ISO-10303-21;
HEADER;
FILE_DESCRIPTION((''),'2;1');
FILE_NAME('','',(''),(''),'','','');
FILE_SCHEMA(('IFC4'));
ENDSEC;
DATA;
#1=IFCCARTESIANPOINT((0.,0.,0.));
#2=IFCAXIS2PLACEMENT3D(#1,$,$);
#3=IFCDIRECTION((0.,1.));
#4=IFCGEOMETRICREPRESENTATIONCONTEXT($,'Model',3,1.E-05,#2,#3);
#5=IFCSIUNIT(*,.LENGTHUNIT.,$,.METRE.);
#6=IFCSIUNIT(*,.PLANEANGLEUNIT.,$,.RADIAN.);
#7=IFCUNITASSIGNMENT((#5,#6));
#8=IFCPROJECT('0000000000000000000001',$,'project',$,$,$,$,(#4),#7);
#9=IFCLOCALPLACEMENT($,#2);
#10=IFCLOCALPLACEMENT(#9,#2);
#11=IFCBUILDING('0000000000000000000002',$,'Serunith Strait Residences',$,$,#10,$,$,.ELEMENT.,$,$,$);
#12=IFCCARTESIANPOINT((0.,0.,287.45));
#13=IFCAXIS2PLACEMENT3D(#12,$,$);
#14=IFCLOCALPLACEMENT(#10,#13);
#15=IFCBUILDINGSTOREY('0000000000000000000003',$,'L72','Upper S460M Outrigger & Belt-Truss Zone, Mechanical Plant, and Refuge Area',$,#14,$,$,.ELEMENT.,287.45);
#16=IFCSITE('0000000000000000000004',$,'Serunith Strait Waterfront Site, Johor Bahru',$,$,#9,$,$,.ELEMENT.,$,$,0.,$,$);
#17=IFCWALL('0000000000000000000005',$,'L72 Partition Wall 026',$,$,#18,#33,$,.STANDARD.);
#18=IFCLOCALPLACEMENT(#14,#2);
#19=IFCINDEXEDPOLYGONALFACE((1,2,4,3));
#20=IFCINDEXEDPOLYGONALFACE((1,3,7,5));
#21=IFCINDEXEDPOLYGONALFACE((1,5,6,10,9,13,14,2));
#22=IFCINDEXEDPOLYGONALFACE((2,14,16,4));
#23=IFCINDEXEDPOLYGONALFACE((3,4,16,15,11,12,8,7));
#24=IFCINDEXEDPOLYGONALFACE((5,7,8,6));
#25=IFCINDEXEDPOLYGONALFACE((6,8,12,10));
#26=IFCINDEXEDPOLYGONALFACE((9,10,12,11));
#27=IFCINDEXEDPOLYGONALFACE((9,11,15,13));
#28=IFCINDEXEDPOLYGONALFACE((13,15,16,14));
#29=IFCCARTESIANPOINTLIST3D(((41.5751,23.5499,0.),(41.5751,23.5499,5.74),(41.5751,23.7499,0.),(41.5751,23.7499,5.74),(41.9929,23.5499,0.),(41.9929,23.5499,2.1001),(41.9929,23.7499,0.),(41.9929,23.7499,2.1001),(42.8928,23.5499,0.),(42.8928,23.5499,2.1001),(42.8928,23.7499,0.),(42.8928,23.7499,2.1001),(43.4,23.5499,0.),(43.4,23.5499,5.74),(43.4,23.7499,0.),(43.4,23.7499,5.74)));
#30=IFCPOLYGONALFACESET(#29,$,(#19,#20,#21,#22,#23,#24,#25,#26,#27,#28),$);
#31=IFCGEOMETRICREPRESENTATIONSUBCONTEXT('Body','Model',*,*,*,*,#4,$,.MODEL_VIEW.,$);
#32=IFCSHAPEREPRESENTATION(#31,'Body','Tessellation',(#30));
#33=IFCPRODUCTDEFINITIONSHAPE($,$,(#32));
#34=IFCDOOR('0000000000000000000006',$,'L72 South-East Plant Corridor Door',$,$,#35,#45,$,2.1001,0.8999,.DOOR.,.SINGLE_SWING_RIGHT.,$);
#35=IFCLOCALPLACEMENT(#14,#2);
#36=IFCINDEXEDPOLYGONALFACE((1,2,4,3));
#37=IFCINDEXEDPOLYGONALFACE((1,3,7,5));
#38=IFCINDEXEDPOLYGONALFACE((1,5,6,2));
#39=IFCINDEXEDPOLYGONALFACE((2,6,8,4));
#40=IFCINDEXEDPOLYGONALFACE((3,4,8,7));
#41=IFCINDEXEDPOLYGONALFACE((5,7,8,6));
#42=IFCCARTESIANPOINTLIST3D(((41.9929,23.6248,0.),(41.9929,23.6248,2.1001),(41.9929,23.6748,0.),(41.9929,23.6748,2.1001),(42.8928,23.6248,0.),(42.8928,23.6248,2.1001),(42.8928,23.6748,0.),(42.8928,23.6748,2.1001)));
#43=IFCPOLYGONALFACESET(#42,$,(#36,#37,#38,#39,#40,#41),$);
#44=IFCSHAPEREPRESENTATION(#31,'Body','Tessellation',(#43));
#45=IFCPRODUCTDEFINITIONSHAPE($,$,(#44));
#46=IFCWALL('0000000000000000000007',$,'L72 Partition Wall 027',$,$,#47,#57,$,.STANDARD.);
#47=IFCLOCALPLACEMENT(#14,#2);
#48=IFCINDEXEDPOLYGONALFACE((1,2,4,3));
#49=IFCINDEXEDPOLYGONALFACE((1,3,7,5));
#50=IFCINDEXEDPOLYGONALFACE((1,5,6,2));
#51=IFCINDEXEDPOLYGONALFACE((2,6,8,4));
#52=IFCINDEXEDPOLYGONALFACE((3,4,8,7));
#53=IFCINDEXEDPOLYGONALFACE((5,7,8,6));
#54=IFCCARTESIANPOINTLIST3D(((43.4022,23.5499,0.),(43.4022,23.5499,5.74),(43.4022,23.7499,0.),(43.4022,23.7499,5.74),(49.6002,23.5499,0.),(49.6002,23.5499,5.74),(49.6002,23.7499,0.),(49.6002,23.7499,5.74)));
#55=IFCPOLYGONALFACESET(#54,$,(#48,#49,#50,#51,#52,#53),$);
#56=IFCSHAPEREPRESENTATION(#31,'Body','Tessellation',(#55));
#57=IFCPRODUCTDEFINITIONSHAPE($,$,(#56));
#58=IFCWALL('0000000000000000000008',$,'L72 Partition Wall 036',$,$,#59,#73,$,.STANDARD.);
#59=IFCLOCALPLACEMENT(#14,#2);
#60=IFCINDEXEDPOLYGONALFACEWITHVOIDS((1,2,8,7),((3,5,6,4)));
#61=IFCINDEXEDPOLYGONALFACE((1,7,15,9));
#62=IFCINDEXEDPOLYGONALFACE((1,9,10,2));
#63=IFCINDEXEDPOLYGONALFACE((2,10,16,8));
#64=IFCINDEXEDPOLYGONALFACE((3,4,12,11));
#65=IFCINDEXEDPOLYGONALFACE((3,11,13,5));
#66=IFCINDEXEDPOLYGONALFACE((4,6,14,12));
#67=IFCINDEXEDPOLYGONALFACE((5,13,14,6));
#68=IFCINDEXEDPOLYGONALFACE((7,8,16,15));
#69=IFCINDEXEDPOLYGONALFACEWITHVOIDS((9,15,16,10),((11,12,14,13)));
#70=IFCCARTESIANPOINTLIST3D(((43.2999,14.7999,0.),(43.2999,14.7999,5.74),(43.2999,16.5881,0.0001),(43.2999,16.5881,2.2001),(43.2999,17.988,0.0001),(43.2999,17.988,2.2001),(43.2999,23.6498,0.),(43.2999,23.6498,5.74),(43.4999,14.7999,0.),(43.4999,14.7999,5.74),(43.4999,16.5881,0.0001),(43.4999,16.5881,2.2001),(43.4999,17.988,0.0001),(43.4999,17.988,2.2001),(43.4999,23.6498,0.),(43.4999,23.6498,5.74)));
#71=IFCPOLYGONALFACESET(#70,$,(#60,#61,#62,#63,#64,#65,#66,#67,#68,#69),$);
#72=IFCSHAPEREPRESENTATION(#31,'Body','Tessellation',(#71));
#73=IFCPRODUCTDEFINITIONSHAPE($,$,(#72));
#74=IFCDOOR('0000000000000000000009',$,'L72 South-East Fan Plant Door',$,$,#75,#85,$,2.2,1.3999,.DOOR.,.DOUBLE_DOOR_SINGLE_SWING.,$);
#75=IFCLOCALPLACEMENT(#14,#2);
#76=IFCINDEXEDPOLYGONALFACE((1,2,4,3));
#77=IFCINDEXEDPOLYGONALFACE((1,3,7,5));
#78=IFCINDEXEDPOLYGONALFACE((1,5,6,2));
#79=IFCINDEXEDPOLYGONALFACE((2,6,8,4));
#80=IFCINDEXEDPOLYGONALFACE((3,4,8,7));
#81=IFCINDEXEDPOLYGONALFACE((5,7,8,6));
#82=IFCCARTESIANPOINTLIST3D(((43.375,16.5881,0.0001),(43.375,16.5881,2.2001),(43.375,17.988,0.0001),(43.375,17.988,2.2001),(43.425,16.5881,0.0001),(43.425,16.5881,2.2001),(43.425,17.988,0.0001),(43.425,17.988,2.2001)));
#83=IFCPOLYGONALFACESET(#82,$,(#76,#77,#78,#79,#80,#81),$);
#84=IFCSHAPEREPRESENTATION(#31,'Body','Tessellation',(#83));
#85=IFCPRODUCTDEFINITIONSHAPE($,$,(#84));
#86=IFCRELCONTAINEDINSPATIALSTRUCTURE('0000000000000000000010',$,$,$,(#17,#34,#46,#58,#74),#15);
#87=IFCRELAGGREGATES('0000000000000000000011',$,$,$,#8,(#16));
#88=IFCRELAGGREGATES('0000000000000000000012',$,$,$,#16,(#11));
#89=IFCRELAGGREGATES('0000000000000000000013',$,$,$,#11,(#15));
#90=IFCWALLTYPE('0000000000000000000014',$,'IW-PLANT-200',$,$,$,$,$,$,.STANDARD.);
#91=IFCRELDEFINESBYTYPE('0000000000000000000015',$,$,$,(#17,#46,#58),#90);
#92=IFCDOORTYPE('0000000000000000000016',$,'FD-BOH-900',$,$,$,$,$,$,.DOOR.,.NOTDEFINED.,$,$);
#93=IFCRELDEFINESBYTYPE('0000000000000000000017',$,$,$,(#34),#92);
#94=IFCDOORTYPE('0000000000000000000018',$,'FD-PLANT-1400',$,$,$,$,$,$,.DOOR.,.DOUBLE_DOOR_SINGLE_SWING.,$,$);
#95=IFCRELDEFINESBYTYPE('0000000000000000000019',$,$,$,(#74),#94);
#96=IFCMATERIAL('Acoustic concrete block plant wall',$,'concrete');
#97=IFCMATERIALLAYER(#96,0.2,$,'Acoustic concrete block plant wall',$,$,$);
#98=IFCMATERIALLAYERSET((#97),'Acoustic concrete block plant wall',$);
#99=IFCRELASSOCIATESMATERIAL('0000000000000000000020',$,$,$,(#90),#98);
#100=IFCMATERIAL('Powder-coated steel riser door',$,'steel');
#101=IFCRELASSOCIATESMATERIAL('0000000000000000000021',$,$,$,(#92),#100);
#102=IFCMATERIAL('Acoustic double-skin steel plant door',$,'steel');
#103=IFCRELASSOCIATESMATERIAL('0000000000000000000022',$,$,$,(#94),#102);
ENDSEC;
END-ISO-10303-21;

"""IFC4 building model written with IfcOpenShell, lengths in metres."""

from ifc_helpers import new_model, si_unit, direction, frame, frame_2d, origin, place, context, subcontext, project, spatial, rectangle, extrude, source, transform, mapped, material, layer, layer_set, type_object, element, fill, save


model = new_model("IFC4")

# Units and contexts
model_context = context("Model", 3, precision=1e-05, world=origin(), true_north=direction((0.0, 1.0)))
body_context = subcontext(model_context, "Body", "Model", "MODEL_VIEW")
ifc_project = project(units=[si_unit("LENGTHUNIT", "METRE"), si_unit("PLANEANGLEUNIT", "RADIAN")], contexts=[model_context])

# Site, building, storey
site_placement = place(None, origin())
site = spatial("IfcSite", under=ifc_project, at=site_placement, Name="Serunith Strait Waterfront Site, Johor Bahru", CompositionType="ELEMENT", RefElevation=0.0)
building_placement = place(site_placement, origin())
building = spatial("IfcBuilding", under=site, at=building_placement, Name="Serunith Strait Residences", CompositionType="ELEMENT")
storey_placement = place(building_placement, frame((0.0, 0.0, 287.45)))
storey = spatial("IfcBuildingStorey", under=building, at=storey_placement, Name="L72", Description="Upper S460M Outrigger & Belt-Truss Zone, Mechanical Plant, and Refuge Area", CompositionType="ELEMENT", Elevation=287.45)

# Wall, opening, door
ifc_material_1 = material(Name="Acoustic concrete block plant wall", Category="concrete")
ifc_layer_1 = layer(ifc_material_1, 0.2, Name="Acoustic concrete block plant wall")
ifc_layer_set_1 = layer_set([ifc_layer_1], Name="Acoustic concrete block plant wall")
wall_type = type_object("IfcWallType", Name="IW-PLANT-200", PredefinedType="STANDARD", material=ifc_layer_set_1)
wall_1_placement = place(storey_placement, frame((41.575, 23.6499, 0.0), z_axis=(0.0, 0.0, 1.0), x_axis=(1.0, 0.0, 0.0)))
wall_1 = element("IfcWall", 1, at=wall_1_placement, inside=storey, type_object=wall_type, Name="L72 Partition Wall 026", PredefinedType="STANDARD", context=body_context, shape_type="SweptSolid", body=[
    extrude(rectangle(XDim=1.825, YDim=0.2, at=frame_2d((0.9126, 0.0))), origin(), (0.0, 0.0, 1.0), 5.74),
])
opening_1_placement = place(wall_1_placement, frame((0.418, 0.0, 0.0)))
opening_1 = element("IfcOpeningElement", 2, at=opening_1_placement, cuts=wall_1, PredefinedType="OPENING", context=body_context, shape_type="SweptSolid", body=[
    extrude(rectangle(XDim=0.8999, YDim=2.1001, at=frame_2d((0.45, 1.05))), frame((0.0, 0.1099, 0.0), z_axis=(0.0, -1.0, 0.0), x_axis=(1.0, 0.0, 0.0)), (0.0, 0.0, 1.0), 0.22),
])
ifc_material_2 = material(Name="Powder-coated steel riser door", Category="steel")
door_type_1 = type_object("IfcDoorType", Name="FD-BOH-900", OperationType="NOTDEFINED", PredefinedType="DOOR", material=ifc_material_2)
shared_shape_1 = source(origin(), body_context, "Body", "SweptSolid", [
    extrude(rectangle(XDim=0.8999, YDim=2.1001, at=frame_2d((0.45, 1.05))), frame((0.0, 0.0249, 0.0), z_axis=(0.0, -1.0, 0.0), x_axis=(1.0, 0.0, 0.0)), (0.0, 0.0, 1.0), 0.05),
])
door_1_placement = place(opening_1_placement, origin())
door_1 = element("IfcDoor", 3, at=door_1_placement, inside=storey, type_object=door_type_1, Name="L72 South-East Plant Corridor Door", OperationType="SINGLE_SWING_RIGHT", OverallHeight=2.1001, OverallWidth=0.8999, PredefinedType="DOOR", context=body_context, shape_type="MappedRepresentation", body=[
    mapped(shared_shape_1, transform((0.0, 0.0, 0.0), scale=1.0)),
])
fill(opening_1, door_1)

# Wall
wall_2_placement = place(storey_placement, frame((43.4021, 23.6499, 0.0), z_axis=(0.0, 0.0, 1.0), x_axis=(1.0, 0.0, 0.0)))
element("IfcWall", 4, at=wall_2_placement, inside=storey, type_object=wall_type, Name="L72 Partition Wall 027", PredefinedType="STANDARD", context=body_context, shape_type="SweptSolid", body=[
    extrude(rectangle(XDim=6.198, YDim=0.2, at=frame_2d((3.0991, 0.0))), origin(), (0.0, 0.0, 1.0), 5.74),
])

# Wall, opening, door
wall_3_placement = place(storey_placement, frame((43.3999, 14.8, 0.0), z_axis=(0.0, 0.0, 1.0), x_axis=(0.0, 1.0, 0.0)))
wall_3 = element("IfcWall", 5, at=wall_3_placement, inside=storey, type_object=wall_type, Name="L72 Partition Wall 036", PredefinedType="STANDARD", context=body_context, shape_type="SweptSolid", body=[
    extrude(rectangle(XDim=8.8499, YDim=0.2, at=frame_2d((4.4248, 0.0))), origin(), (0.0, 0.0, 1.0), 5.74),
])
opening_2_placement = place(wall_3_placement, frame((1.7881, 0.0, 0.0)))
opening_2 = element("IfcOpeningElement", 6, at=opening_2_placement, cuts=wall_3, PredefinedType="OPENING", context=body_context, shape_type="SweptSolid", body=[
    extrude(rectangle(XDim=1.3999, YDim=2.2, at=frame_2d((0.7, 1.1001))), frame((0.0, 0.1099, 0.0), z_axis=(0.0, -1.0, 0.0), x_axis=(1.0, 0.0, 0.0)), (0.0, 0.0, 1.0), 0.22),
])
ifc_material_3 = material(Name="Acoustic double-skin steel plant door", Category="steel")
door_type_2 = type_object("IfcDoorType", Name="FD-PLANT-1400", OperationType="DOUBLE_DOOR_SINGLE_SWING", PredefinedType="DOOR", material=ifc_material_3)
shared_shape_2 = source(origin(), body_context, "Body", "SweptSolid", [
    extrude(rectangle(XDim=1.3999, YDim=2.2, at=frame_2d((0.7, 1.1001))), frame((0.0, 0.0249, 0.0), z_axis=(0.0, -1.0, 0.0), x_axis=(1.0, 0.0, 0.0)), (0.0, 0.0, 1.0), 0.05),
])
door_2_placement = place(opening_2_placement, origin())
door_2 = element("IfcDoor", 7, at=door_2_placement, inside=storey, type_object=door_type_2, Name="L72 South-East Fan Plant Door", OperationType="DOUBLE_DOOR_SINGLE_SWING", OverallHeight=2.2, OverallWidth=1.3999, PredefinedType="DOOR", context=body_context, shape_type="MappedRepresentation", body=[
    mapped(shared_shape_2, transform((0.0, 0.0, 0.0), scale=1.0)),
])
fill(opening_2, door_2)

save(model, "model.ifc")
